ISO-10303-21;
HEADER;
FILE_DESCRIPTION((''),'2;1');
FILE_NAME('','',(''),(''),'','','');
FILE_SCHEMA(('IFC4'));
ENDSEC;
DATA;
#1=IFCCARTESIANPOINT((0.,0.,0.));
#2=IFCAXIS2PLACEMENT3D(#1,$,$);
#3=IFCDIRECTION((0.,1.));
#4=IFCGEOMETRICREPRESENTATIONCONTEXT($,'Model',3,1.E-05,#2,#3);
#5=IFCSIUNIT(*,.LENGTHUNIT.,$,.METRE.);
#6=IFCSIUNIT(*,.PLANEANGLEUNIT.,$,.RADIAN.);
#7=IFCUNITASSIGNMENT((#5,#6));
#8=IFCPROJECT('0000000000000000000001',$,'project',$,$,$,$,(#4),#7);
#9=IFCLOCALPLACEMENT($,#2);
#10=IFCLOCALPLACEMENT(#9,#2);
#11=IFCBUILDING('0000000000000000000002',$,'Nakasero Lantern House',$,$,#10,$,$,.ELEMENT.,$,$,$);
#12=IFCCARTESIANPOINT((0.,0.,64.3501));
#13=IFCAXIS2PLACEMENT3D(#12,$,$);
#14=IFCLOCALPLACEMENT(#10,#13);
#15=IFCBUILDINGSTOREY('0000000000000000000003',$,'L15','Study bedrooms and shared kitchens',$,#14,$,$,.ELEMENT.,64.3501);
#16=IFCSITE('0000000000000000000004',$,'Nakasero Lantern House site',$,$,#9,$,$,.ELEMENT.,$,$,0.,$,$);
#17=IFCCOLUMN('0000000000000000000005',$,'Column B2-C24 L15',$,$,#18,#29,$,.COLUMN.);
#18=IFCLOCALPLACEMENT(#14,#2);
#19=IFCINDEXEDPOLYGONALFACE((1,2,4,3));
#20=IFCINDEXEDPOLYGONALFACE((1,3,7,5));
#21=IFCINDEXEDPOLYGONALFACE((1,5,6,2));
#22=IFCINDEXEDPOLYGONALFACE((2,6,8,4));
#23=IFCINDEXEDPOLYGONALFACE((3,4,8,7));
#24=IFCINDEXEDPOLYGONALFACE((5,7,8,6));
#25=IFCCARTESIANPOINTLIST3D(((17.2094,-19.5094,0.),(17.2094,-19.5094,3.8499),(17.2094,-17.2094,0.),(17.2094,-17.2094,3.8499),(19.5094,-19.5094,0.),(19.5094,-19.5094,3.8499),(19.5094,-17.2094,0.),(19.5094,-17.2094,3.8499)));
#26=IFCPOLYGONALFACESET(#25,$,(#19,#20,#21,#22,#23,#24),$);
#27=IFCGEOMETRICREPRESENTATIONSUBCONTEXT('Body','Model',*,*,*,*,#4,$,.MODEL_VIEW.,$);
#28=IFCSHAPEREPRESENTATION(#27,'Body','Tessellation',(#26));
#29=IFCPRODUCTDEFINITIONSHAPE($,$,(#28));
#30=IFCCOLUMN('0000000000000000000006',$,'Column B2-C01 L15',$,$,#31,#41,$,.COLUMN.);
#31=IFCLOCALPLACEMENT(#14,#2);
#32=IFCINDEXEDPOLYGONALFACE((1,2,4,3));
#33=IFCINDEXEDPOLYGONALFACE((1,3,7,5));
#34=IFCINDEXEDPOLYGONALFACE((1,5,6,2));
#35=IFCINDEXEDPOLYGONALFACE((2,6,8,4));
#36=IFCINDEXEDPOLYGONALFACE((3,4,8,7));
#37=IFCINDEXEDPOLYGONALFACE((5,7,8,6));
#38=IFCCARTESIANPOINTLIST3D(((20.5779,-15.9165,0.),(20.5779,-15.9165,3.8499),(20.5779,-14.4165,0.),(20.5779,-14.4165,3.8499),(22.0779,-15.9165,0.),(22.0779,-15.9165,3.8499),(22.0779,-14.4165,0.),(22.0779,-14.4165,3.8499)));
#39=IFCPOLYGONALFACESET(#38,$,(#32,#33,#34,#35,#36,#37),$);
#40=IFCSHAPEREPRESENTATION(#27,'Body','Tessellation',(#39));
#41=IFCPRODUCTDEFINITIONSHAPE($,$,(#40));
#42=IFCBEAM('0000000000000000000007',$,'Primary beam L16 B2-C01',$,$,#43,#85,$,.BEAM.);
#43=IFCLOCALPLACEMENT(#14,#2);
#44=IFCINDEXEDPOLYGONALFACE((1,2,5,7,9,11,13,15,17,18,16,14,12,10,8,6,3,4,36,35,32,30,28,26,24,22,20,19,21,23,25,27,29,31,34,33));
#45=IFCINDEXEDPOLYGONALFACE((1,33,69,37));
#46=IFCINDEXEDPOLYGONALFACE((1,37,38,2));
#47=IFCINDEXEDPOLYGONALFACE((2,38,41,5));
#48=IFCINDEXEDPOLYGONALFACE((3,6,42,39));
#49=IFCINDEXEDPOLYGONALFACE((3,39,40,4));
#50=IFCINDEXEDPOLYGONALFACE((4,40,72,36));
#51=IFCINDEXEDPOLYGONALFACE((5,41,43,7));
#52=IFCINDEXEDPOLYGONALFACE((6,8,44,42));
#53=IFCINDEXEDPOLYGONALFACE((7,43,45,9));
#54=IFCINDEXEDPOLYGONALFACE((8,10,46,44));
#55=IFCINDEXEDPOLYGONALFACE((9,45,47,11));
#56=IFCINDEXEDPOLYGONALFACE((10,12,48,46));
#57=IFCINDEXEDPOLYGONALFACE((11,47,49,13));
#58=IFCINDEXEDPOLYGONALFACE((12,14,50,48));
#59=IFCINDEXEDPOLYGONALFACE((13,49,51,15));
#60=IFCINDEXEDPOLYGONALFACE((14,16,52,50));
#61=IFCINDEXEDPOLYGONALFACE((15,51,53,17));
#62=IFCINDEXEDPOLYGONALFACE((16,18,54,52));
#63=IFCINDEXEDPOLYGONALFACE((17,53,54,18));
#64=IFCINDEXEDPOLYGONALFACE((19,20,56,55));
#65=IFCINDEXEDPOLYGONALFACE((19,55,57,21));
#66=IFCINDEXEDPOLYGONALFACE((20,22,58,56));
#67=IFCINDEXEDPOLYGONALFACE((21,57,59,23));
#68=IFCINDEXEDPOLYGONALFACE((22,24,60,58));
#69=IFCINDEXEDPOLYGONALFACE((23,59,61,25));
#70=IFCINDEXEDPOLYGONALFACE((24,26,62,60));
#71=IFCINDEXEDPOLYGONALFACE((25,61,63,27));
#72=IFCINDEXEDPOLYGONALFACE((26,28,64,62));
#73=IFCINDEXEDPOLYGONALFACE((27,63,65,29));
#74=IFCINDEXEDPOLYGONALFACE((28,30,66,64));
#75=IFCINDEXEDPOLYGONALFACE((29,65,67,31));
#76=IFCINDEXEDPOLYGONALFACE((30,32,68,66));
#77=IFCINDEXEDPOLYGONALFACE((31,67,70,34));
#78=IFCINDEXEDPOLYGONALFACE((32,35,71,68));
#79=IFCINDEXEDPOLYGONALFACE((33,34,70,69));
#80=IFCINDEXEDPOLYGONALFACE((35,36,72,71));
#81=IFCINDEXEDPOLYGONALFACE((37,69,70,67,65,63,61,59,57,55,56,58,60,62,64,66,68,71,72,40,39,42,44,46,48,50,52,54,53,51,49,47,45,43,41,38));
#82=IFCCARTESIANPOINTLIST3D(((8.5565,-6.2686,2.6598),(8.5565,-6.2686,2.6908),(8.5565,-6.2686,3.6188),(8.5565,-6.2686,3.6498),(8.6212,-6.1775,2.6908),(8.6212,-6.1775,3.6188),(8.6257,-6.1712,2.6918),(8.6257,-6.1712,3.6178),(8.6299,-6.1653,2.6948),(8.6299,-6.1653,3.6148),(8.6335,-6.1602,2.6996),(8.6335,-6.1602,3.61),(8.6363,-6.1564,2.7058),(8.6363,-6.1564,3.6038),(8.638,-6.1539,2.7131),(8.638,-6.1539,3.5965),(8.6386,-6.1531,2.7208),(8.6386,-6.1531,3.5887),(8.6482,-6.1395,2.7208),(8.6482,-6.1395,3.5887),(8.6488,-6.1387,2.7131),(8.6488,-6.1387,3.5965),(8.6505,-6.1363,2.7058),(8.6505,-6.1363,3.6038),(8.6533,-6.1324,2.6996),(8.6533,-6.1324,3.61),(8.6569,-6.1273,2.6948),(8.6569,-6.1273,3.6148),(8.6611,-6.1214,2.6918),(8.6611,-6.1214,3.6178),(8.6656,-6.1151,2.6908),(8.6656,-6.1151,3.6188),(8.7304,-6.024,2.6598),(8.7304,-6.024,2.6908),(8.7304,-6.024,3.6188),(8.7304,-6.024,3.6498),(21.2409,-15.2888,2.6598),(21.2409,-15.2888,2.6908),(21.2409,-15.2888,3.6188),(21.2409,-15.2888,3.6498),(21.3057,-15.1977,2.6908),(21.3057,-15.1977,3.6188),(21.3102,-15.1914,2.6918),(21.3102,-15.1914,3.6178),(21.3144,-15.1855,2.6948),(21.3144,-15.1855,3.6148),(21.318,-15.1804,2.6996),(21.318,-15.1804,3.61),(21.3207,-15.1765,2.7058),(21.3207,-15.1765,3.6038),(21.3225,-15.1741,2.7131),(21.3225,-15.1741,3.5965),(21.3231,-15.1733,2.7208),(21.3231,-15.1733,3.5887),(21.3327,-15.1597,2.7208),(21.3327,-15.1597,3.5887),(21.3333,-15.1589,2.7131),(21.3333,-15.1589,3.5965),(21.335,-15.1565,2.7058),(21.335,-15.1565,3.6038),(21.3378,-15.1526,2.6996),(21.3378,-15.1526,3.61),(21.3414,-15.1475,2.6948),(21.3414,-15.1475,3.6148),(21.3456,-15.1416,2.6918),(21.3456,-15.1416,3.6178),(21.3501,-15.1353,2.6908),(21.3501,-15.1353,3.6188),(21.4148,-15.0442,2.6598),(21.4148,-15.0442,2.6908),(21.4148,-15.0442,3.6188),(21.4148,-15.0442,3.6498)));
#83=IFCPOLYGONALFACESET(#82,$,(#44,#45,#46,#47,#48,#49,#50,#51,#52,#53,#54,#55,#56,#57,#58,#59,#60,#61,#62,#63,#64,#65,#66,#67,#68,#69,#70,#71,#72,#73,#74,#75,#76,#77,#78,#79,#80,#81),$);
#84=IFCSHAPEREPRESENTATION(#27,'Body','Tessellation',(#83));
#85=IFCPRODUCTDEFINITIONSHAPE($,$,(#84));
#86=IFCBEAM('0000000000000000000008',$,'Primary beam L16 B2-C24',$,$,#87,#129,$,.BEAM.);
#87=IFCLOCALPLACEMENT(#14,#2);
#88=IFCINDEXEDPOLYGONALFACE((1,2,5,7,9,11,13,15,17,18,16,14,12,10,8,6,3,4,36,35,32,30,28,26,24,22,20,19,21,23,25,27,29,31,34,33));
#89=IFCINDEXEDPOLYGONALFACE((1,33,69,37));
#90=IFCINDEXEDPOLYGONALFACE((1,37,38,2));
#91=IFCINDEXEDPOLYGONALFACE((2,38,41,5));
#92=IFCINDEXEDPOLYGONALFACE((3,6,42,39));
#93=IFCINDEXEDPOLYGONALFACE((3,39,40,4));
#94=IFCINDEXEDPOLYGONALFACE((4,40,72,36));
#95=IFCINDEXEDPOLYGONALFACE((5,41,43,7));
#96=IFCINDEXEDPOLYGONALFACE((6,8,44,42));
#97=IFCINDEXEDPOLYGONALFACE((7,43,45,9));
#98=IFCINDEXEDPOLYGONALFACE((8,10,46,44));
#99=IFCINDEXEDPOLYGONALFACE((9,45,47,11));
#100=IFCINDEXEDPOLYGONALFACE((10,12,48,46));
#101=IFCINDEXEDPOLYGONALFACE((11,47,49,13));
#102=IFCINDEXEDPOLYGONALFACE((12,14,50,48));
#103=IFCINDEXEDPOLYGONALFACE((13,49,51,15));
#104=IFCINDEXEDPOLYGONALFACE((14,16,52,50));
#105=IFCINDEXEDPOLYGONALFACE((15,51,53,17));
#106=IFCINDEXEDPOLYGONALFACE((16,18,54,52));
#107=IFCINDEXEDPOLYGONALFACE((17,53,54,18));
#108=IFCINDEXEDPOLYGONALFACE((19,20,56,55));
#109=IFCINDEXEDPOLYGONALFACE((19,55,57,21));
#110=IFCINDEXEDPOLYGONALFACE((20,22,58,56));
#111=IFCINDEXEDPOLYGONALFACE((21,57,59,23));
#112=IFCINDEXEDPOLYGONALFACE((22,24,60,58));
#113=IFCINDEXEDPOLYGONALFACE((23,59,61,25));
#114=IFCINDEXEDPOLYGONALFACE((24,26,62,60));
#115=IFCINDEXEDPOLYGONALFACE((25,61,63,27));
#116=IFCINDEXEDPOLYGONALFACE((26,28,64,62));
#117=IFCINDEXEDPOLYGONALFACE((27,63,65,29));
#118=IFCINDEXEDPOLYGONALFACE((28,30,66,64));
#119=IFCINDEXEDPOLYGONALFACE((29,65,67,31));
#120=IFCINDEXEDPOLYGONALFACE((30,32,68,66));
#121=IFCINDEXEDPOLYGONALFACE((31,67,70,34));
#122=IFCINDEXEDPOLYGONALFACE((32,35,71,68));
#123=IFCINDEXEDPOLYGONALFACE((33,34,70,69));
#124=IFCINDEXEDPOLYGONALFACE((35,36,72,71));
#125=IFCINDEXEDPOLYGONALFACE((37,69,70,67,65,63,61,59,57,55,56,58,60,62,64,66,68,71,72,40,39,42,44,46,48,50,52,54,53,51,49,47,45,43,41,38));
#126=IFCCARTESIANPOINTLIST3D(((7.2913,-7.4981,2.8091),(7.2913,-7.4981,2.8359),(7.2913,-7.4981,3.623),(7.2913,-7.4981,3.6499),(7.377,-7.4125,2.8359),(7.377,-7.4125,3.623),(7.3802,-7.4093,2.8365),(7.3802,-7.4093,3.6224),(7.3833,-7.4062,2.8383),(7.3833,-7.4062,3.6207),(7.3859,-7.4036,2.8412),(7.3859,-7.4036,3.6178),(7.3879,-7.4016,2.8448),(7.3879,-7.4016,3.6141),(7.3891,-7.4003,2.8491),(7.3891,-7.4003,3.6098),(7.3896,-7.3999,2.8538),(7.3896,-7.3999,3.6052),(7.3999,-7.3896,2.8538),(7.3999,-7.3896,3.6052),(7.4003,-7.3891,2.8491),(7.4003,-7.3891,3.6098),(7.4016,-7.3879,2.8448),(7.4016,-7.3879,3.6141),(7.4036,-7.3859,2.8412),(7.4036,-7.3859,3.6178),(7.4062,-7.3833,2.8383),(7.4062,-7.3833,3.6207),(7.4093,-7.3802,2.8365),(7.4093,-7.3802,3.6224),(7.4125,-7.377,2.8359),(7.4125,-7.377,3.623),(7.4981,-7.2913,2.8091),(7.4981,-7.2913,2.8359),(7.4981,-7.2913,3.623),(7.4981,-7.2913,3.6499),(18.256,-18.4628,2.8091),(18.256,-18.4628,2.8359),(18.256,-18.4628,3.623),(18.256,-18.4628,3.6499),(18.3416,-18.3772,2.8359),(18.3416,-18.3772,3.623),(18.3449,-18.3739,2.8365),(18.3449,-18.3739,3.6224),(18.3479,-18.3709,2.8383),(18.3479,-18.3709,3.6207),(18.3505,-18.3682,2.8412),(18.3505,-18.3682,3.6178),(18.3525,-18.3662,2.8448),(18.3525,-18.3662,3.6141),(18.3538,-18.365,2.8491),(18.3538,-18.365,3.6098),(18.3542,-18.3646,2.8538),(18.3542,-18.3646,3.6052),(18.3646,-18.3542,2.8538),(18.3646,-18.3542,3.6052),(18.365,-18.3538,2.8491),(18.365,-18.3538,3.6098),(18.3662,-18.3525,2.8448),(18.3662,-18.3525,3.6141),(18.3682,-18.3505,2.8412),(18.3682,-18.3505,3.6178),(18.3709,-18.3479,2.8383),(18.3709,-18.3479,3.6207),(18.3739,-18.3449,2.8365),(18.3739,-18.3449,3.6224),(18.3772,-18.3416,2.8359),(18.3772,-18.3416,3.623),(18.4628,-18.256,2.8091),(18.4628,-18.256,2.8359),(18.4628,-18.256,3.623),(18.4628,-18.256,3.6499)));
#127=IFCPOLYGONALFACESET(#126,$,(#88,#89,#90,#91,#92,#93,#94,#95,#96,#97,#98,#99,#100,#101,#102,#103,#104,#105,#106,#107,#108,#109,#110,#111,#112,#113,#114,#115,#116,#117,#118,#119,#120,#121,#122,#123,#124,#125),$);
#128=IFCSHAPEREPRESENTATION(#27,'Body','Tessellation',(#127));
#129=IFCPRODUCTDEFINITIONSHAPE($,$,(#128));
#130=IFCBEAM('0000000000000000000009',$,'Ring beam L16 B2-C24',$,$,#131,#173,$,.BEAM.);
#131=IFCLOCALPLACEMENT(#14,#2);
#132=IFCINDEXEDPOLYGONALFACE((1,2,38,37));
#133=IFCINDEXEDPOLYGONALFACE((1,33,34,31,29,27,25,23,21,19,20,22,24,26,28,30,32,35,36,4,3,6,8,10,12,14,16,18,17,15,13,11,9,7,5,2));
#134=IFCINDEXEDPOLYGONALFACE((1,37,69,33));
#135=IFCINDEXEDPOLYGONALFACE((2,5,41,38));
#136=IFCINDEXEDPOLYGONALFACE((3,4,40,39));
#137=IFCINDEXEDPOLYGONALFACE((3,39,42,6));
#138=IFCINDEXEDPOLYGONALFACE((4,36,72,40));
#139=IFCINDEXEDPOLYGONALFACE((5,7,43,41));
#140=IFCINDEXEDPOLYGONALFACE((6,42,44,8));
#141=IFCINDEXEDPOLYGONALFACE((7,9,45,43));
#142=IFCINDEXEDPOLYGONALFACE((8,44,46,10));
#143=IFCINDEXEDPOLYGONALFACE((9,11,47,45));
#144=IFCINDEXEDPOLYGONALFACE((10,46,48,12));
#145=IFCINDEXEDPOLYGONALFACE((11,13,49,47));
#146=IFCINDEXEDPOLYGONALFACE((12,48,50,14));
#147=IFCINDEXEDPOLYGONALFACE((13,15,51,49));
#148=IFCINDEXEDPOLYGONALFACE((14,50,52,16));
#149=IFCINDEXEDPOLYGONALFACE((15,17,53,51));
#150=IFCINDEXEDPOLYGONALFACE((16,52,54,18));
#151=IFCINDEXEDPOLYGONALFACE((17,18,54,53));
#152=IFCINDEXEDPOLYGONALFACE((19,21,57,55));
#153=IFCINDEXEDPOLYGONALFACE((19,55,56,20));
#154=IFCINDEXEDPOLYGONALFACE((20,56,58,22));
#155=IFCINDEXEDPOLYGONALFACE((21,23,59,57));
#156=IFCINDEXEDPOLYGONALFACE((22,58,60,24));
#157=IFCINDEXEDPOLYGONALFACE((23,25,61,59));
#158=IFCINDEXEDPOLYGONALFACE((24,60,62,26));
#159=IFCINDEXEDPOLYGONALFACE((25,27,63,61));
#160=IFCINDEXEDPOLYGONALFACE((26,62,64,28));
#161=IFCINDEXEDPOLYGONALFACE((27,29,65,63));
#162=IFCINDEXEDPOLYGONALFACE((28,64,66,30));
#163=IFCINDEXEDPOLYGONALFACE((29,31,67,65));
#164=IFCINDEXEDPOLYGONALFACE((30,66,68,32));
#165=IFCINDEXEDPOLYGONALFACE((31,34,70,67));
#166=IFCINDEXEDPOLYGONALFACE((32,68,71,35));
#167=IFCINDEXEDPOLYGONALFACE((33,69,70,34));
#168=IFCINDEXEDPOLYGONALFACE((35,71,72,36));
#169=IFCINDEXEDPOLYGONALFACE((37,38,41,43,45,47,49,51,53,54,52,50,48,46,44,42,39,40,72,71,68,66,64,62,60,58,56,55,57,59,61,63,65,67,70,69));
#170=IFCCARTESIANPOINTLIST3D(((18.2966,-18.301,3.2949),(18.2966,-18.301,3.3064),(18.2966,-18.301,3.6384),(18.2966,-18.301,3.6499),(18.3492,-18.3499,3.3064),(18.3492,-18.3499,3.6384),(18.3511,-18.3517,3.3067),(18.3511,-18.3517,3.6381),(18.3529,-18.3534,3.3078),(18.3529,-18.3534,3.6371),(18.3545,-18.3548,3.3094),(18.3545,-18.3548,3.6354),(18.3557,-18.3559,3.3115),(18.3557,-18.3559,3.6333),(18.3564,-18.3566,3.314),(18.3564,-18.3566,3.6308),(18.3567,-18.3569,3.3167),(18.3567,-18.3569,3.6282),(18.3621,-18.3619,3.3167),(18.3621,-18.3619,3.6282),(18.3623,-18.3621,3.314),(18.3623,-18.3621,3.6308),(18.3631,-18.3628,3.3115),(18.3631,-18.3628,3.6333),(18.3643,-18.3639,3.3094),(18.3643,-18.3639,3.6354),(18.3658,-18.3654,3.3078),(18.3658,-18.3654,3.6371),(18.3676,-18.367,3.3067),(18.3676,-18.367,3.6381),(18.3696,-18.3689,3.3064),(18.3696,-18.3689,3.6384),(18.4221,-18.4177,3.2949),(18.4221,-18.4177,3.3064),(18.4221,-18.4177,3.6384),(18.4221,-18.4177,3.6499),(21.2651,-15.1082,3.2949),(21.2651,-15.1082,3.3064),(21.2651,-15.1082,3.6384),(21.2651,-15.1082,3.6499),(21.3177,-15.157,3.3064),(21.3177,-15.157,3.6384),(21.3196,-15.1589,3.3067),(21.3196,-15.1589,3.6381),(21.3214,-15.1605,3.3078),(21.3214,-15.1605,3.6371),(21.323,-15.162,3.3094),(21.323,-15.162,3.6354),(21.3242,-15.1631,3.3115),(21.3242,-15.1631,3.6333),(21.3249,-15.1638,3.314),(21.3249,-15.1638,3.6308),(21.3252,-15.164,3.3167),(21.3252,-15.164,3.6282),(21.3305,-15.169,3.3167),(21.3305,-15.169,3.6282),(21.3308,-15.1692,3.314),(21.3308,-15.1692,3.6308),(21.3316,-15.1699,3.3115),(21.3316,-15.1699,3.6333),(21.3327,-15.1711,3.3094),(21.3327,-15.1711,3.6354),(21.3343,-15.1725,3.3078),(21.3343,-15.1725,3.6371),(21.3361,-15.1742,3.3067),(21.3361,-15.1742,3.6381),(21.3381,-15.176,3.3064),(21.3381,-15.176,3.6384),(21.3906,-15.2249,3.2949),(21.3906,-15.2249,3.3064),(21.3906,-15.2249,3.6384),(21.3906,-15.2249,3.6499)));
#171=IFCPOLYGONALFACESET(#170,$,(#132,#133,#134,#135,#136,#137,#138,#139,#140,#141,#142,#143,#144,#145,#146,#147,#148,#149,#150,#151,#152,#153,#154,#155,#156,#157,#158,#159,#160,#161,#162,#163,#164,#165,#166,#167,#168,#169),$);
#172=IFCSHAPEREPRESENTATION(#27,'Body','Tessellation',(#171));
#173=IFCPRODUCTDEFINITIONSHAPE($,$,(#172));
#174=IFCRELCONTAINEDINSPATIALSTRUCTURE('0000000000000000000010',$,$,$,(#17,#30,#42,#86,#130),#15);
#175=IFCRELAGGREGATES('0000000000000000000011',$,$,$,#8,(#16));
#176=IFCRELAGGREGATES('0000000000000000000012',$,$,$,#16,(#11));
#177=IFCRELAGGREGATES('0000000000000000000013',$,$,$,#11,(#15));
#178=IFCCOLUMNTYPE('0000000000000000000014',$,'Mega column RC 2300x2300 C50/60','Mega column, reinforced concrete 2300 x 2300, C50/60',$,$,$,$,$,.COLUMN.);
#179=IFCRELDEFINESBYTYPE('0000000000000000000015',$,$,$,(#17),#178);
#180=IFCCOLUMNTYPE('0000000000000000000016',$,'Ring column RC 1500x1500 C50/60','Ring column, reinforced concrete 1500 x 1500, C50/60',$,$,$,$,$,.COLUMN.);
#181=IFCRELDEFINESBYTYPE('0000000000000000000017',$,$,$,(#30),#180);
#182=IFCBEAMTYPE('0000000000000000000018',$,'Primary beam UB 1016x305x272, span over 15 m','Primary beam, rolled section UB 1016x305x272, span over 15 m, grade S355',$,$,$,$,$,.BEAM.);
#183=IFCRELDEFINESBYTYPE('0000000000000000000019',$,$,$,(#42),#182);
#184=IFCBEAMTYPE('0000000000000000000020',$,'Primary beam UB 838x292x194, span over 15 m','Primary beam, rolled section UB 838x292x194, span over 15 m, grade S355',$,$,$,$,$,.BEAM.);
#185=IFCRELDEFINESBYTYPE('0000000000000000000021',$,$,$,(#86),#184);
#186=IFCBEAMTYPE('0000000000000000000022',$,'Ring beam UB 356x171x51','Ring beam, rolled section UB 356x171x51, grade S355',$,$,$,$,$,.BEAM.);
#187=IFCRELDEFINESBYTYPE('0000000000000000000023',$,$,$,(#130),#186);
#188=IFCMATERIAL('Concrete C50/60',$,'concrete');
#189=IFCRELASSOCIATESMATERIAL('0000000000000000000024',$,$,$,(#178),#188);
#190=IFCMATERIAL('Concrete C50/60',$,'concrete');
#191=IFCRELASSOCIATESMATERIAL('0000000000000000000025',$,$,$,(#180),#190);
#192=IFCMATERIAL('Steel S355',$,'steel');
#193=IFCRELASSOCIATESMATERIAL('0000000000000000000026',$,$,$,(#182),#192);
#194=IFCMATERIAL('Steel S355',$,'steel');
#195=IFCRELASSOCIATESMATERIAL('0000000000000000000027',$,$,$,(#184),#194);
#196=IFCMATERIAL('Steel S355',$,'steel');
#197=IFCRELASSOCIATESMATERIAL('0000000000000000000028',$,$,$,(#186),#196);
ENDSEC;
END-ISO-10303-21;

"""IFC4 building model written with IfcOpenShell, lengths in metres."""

from ifc_helpers import new_model, si_unit, direction, frame, origin, origin_2d, place, context, subcontext, project, spatial, rectangle, i_section, extrude, material, material_profile, profile_set, type_object, element, save


model = new_model("IFC4")

# Units and contexts
model_context = context("Model", 3, precision=1e-05, world=origin(), true_north=direction((0.0, 1.0)))
body_context = subcontext(model_context, "Body", "Model", "MODEL_VIEW")
ifc_project = project(units=[si_unit("LENGTHUNIT", "METRE"), si_unit("PLANEANGLEUNIT", "RADIAN")], contexts=[model_context])

# Site, building, storey
site_placement = place(None, origin())
site = spatial("IfcSite", under=ifc_project, at=site_placement, Name="Nakasero Lantern House site", CompositionType="ELEMENT", RefElevation=0.0)
building_placement = place(site_placement, origin())
building = spatial("IfcBuilding", under=site, at=building_placement, Name="Nakasero Lantern House", CompositionType="ELEMENT")
storey_placement = place(building_placement, frame((0.0, 0.0, 64.3501)))
storey = spatial("IfcBuildingStorey", under=building, at=storey_placement, Name="L15", Description="Study bedrooms and shared kitchens", CompositionType="ELEMENT", Elevation=64.3501)

# Columns
ifc_material_1 = material(Name="Concrete C50/60", Category="concrete")
ifc_material_profile_1 = material_profile(ifc_material_1, rectangle(XDim=2.3, YDim=2.3, at=origin_2d()), Name="RC 2300x2300")
ifc_profile_set_1 = profile_set([ifc_material_profile_1], Name="Concrete C50/60")
column_type_1 = type_object("IfcColumnType", Name="Mega column RC 2300x2300 C50/60", Description="Mega column, reinforced concrete 2300 x 2300, C50/60", PredefinedType="COLUMN", material=ifc_profile_set_1)
column_1_placement = place(storey_placement, frame((18.3594, -18.3594, 0.0), z_axis=(0.0, 0.0, 1.0), x_axis=(1.0, 0.0, 0.0)))
element("IfcColumn", 1, at=column_1_placement, inside=storey, type_object=column_type_1, Name="Column B2-C24 L15", PredefinedType="COLUMN", context=body_context, shape_type="SweptSolid", body=[
    extrude(rectangle(XDim=2.3, YDim=2.3, at=origin_2d()), origin(), (0.0, 0.0, 1.0), 3.8499),
])
ifc_material_2 = material(Name="Concrete C50/60", Category="concrete")
ifc_material_profile_2 = material_profile(ifc_material_2, rectangle(XDim=1.5, YDim=1.5, at=origin_2d()), Name="RC 1500x1500")
ifc_profile_set_2 = profile_set([ifc_material_profile_2], Name="Concrete C50/60")
column_type_2 = type_object("IfcColumnType", Name="Ring column RC 1500x1500 C50/60", Description="Ring column, reinforced concrete 1500 x 1500, C50/60", PredefinedType="COLUMN", material=ifc_profile_set_2)
column_2_placement = place(storey_placement, frame((21.3279, -15.1665, 0.0), z_axis=(0.0, 0.0, 1.0), x_axis=(1.0, 0.0, 0.0)))
element("IfcColumn", 2, at=column_2_placement, inside=storey, type_object=column_type_2, Name="Column B2-C01 L15", PredefinedType="COLUMN", context=body_context, shape_type="SweptSolid", body=[
    extrude(rectangle(XDim=1.5, YDim=1.5, at=origin_2d()), origin(), (0.0, 0.0, 1.0), 3.8499),
])

# Beams
ifc_material_3 = material(Name="Steel S355", Category="steel")
ifc_material_profile_3 = material_profile(ifc_material_3, i_section(OverallWidth=0.3, OverallDepth=0.99, WebThickness=0.0166, FlangeThickness=0.031, FilletRadius=0.03, at=origin_2d()), Name="UB 1016x305x272")
ifc_profile_set_3 = profile_set([ifc_material_profile_3], Name="Steel S355")
beam_type_1 = type_object("IfcBeamType", Name="Primary beam UB 1016x305x272, span over 15 m", Description="Primary beam, rolled section UB 1016x305x272, span over 15 m, grade S355", PredefinedType="BEAM", material=ifc_profile_set_3)
beam_1_placement = place(storey_placement, frame((21.3279, -15.1665, 3.1548), z_axis=(-0.814952, 0.579529, 0.0), x_axis=(-0.579529, -0.814952, 0.0)))
element("IfcBeam", 3, at=beam_1_placement, inside=storey, type_object=beam_type_1, Name="Primary beam L16 B2-C01", PredefinedType="BEAM", context=body_context, shape_type="SweptSolid", body=[
    extrude(i_section(OverallWidth=0.3, OverallDepth=0.99, WebThickness=0.0166, FlangeThickness=0.031, FilletRadius=0.03, at=origin_2d()), origin(), (0.0, 0.0, 1.0), 15.5647),
])
ifc_material_4 = material(Name="Steel S355", Category="steel")
ifc_material_profile_4 = material_profile(ifc_material_4, i_section(OverallWidth=0.2925, OverallDepth=0.8408, WebThickness=0.0146, FlangeThickness=0.0269, FilletRadius=0.0178, at=origin_2d()), Name="UB 838x292x194")
ifc_profile_set_4 = profile_set([ifc_material_profile_4], Name="Steel S355")
beam_type_2 = type_object("IfcBeamType", Name="Primary beam UB 838x292x194, span over 15 m", Description="Primary beam, rolled section UB 838x292x194, span over 15 m, grade S355", PredefinedType="BEAM", material=ifc_profile_set_4)
beam_2_placement = place(storey_placement, frame((18.3594, -18.3594, 3.2295), z_axis=(-0.707107, 0.707107, 0.0), x_axis=(-0.707107, -0.707107, 0.0)))
element("IfcBeam", 4, at=beam_2_placement, inside=storey, type_object=beam_type_2, Name="Primary beam L16 B2-C24", PredefinedType="BEAM", context=body_context, shape_type="SweptSolid", body=[
    extrude(i_section(OverallWidth=0.2925, OverallDepth=0.8408, WebThickness=0.0146, FlangeThickness=0.0269, FilletRadius=0.0178, at=origin_2d()), origin(), (0.0, 0.0, 1.0), 15.5063),
])
ifc_material_5 = material(Name="Steel S355", Category="steel")
ifc_material_profile_5 = material_profile(ifc_material_5, i_section(OverallWidth=0.1714, OverallDepth=0.355, WebThickness=0.0073, FlangeThickness=0.0115, FilletRadius=0.0103, at=origin_2d()), Name="UB 356x171x51")
ifc_profile_set_5 = profile_set([ifc_material_profile_5], Name="Steel S355")
beam_type_3 = type_object("IfcBeamType", Name="Ring beam UB 356x171x51", Description="Ring beam, rolled section UB 356x171x51, grade S355", PredefinedType="BEAM", material=ifc_profile_set_5)
beam_3_placement = place(storey_placement, frame((18.3594, -18.3594, 3.4724), z_axis=(0.680906, 0.732371, 0.0), x_axis=(-0.732371, 0.680906, 0.0)))
element("IfcBeam", 5, at=beam_3_placement, inside=storey, type_object=beam_type_3, Name="Ring beam L16 B2-C24", PredefinedType="BEAM", context=body_context, shape_type="SweptSolid", body=[
    extrude(i_section(OverallWidth=0.1714, OverallDepth=0.355, WebThickness=0.0073, FlangeThickness=0.0115, FilletRadius=0.0103, at=origin_2d()), origin(), (0.0, 0.0, 1.0), 4.3596),
])

save(model, "model.ifc")
